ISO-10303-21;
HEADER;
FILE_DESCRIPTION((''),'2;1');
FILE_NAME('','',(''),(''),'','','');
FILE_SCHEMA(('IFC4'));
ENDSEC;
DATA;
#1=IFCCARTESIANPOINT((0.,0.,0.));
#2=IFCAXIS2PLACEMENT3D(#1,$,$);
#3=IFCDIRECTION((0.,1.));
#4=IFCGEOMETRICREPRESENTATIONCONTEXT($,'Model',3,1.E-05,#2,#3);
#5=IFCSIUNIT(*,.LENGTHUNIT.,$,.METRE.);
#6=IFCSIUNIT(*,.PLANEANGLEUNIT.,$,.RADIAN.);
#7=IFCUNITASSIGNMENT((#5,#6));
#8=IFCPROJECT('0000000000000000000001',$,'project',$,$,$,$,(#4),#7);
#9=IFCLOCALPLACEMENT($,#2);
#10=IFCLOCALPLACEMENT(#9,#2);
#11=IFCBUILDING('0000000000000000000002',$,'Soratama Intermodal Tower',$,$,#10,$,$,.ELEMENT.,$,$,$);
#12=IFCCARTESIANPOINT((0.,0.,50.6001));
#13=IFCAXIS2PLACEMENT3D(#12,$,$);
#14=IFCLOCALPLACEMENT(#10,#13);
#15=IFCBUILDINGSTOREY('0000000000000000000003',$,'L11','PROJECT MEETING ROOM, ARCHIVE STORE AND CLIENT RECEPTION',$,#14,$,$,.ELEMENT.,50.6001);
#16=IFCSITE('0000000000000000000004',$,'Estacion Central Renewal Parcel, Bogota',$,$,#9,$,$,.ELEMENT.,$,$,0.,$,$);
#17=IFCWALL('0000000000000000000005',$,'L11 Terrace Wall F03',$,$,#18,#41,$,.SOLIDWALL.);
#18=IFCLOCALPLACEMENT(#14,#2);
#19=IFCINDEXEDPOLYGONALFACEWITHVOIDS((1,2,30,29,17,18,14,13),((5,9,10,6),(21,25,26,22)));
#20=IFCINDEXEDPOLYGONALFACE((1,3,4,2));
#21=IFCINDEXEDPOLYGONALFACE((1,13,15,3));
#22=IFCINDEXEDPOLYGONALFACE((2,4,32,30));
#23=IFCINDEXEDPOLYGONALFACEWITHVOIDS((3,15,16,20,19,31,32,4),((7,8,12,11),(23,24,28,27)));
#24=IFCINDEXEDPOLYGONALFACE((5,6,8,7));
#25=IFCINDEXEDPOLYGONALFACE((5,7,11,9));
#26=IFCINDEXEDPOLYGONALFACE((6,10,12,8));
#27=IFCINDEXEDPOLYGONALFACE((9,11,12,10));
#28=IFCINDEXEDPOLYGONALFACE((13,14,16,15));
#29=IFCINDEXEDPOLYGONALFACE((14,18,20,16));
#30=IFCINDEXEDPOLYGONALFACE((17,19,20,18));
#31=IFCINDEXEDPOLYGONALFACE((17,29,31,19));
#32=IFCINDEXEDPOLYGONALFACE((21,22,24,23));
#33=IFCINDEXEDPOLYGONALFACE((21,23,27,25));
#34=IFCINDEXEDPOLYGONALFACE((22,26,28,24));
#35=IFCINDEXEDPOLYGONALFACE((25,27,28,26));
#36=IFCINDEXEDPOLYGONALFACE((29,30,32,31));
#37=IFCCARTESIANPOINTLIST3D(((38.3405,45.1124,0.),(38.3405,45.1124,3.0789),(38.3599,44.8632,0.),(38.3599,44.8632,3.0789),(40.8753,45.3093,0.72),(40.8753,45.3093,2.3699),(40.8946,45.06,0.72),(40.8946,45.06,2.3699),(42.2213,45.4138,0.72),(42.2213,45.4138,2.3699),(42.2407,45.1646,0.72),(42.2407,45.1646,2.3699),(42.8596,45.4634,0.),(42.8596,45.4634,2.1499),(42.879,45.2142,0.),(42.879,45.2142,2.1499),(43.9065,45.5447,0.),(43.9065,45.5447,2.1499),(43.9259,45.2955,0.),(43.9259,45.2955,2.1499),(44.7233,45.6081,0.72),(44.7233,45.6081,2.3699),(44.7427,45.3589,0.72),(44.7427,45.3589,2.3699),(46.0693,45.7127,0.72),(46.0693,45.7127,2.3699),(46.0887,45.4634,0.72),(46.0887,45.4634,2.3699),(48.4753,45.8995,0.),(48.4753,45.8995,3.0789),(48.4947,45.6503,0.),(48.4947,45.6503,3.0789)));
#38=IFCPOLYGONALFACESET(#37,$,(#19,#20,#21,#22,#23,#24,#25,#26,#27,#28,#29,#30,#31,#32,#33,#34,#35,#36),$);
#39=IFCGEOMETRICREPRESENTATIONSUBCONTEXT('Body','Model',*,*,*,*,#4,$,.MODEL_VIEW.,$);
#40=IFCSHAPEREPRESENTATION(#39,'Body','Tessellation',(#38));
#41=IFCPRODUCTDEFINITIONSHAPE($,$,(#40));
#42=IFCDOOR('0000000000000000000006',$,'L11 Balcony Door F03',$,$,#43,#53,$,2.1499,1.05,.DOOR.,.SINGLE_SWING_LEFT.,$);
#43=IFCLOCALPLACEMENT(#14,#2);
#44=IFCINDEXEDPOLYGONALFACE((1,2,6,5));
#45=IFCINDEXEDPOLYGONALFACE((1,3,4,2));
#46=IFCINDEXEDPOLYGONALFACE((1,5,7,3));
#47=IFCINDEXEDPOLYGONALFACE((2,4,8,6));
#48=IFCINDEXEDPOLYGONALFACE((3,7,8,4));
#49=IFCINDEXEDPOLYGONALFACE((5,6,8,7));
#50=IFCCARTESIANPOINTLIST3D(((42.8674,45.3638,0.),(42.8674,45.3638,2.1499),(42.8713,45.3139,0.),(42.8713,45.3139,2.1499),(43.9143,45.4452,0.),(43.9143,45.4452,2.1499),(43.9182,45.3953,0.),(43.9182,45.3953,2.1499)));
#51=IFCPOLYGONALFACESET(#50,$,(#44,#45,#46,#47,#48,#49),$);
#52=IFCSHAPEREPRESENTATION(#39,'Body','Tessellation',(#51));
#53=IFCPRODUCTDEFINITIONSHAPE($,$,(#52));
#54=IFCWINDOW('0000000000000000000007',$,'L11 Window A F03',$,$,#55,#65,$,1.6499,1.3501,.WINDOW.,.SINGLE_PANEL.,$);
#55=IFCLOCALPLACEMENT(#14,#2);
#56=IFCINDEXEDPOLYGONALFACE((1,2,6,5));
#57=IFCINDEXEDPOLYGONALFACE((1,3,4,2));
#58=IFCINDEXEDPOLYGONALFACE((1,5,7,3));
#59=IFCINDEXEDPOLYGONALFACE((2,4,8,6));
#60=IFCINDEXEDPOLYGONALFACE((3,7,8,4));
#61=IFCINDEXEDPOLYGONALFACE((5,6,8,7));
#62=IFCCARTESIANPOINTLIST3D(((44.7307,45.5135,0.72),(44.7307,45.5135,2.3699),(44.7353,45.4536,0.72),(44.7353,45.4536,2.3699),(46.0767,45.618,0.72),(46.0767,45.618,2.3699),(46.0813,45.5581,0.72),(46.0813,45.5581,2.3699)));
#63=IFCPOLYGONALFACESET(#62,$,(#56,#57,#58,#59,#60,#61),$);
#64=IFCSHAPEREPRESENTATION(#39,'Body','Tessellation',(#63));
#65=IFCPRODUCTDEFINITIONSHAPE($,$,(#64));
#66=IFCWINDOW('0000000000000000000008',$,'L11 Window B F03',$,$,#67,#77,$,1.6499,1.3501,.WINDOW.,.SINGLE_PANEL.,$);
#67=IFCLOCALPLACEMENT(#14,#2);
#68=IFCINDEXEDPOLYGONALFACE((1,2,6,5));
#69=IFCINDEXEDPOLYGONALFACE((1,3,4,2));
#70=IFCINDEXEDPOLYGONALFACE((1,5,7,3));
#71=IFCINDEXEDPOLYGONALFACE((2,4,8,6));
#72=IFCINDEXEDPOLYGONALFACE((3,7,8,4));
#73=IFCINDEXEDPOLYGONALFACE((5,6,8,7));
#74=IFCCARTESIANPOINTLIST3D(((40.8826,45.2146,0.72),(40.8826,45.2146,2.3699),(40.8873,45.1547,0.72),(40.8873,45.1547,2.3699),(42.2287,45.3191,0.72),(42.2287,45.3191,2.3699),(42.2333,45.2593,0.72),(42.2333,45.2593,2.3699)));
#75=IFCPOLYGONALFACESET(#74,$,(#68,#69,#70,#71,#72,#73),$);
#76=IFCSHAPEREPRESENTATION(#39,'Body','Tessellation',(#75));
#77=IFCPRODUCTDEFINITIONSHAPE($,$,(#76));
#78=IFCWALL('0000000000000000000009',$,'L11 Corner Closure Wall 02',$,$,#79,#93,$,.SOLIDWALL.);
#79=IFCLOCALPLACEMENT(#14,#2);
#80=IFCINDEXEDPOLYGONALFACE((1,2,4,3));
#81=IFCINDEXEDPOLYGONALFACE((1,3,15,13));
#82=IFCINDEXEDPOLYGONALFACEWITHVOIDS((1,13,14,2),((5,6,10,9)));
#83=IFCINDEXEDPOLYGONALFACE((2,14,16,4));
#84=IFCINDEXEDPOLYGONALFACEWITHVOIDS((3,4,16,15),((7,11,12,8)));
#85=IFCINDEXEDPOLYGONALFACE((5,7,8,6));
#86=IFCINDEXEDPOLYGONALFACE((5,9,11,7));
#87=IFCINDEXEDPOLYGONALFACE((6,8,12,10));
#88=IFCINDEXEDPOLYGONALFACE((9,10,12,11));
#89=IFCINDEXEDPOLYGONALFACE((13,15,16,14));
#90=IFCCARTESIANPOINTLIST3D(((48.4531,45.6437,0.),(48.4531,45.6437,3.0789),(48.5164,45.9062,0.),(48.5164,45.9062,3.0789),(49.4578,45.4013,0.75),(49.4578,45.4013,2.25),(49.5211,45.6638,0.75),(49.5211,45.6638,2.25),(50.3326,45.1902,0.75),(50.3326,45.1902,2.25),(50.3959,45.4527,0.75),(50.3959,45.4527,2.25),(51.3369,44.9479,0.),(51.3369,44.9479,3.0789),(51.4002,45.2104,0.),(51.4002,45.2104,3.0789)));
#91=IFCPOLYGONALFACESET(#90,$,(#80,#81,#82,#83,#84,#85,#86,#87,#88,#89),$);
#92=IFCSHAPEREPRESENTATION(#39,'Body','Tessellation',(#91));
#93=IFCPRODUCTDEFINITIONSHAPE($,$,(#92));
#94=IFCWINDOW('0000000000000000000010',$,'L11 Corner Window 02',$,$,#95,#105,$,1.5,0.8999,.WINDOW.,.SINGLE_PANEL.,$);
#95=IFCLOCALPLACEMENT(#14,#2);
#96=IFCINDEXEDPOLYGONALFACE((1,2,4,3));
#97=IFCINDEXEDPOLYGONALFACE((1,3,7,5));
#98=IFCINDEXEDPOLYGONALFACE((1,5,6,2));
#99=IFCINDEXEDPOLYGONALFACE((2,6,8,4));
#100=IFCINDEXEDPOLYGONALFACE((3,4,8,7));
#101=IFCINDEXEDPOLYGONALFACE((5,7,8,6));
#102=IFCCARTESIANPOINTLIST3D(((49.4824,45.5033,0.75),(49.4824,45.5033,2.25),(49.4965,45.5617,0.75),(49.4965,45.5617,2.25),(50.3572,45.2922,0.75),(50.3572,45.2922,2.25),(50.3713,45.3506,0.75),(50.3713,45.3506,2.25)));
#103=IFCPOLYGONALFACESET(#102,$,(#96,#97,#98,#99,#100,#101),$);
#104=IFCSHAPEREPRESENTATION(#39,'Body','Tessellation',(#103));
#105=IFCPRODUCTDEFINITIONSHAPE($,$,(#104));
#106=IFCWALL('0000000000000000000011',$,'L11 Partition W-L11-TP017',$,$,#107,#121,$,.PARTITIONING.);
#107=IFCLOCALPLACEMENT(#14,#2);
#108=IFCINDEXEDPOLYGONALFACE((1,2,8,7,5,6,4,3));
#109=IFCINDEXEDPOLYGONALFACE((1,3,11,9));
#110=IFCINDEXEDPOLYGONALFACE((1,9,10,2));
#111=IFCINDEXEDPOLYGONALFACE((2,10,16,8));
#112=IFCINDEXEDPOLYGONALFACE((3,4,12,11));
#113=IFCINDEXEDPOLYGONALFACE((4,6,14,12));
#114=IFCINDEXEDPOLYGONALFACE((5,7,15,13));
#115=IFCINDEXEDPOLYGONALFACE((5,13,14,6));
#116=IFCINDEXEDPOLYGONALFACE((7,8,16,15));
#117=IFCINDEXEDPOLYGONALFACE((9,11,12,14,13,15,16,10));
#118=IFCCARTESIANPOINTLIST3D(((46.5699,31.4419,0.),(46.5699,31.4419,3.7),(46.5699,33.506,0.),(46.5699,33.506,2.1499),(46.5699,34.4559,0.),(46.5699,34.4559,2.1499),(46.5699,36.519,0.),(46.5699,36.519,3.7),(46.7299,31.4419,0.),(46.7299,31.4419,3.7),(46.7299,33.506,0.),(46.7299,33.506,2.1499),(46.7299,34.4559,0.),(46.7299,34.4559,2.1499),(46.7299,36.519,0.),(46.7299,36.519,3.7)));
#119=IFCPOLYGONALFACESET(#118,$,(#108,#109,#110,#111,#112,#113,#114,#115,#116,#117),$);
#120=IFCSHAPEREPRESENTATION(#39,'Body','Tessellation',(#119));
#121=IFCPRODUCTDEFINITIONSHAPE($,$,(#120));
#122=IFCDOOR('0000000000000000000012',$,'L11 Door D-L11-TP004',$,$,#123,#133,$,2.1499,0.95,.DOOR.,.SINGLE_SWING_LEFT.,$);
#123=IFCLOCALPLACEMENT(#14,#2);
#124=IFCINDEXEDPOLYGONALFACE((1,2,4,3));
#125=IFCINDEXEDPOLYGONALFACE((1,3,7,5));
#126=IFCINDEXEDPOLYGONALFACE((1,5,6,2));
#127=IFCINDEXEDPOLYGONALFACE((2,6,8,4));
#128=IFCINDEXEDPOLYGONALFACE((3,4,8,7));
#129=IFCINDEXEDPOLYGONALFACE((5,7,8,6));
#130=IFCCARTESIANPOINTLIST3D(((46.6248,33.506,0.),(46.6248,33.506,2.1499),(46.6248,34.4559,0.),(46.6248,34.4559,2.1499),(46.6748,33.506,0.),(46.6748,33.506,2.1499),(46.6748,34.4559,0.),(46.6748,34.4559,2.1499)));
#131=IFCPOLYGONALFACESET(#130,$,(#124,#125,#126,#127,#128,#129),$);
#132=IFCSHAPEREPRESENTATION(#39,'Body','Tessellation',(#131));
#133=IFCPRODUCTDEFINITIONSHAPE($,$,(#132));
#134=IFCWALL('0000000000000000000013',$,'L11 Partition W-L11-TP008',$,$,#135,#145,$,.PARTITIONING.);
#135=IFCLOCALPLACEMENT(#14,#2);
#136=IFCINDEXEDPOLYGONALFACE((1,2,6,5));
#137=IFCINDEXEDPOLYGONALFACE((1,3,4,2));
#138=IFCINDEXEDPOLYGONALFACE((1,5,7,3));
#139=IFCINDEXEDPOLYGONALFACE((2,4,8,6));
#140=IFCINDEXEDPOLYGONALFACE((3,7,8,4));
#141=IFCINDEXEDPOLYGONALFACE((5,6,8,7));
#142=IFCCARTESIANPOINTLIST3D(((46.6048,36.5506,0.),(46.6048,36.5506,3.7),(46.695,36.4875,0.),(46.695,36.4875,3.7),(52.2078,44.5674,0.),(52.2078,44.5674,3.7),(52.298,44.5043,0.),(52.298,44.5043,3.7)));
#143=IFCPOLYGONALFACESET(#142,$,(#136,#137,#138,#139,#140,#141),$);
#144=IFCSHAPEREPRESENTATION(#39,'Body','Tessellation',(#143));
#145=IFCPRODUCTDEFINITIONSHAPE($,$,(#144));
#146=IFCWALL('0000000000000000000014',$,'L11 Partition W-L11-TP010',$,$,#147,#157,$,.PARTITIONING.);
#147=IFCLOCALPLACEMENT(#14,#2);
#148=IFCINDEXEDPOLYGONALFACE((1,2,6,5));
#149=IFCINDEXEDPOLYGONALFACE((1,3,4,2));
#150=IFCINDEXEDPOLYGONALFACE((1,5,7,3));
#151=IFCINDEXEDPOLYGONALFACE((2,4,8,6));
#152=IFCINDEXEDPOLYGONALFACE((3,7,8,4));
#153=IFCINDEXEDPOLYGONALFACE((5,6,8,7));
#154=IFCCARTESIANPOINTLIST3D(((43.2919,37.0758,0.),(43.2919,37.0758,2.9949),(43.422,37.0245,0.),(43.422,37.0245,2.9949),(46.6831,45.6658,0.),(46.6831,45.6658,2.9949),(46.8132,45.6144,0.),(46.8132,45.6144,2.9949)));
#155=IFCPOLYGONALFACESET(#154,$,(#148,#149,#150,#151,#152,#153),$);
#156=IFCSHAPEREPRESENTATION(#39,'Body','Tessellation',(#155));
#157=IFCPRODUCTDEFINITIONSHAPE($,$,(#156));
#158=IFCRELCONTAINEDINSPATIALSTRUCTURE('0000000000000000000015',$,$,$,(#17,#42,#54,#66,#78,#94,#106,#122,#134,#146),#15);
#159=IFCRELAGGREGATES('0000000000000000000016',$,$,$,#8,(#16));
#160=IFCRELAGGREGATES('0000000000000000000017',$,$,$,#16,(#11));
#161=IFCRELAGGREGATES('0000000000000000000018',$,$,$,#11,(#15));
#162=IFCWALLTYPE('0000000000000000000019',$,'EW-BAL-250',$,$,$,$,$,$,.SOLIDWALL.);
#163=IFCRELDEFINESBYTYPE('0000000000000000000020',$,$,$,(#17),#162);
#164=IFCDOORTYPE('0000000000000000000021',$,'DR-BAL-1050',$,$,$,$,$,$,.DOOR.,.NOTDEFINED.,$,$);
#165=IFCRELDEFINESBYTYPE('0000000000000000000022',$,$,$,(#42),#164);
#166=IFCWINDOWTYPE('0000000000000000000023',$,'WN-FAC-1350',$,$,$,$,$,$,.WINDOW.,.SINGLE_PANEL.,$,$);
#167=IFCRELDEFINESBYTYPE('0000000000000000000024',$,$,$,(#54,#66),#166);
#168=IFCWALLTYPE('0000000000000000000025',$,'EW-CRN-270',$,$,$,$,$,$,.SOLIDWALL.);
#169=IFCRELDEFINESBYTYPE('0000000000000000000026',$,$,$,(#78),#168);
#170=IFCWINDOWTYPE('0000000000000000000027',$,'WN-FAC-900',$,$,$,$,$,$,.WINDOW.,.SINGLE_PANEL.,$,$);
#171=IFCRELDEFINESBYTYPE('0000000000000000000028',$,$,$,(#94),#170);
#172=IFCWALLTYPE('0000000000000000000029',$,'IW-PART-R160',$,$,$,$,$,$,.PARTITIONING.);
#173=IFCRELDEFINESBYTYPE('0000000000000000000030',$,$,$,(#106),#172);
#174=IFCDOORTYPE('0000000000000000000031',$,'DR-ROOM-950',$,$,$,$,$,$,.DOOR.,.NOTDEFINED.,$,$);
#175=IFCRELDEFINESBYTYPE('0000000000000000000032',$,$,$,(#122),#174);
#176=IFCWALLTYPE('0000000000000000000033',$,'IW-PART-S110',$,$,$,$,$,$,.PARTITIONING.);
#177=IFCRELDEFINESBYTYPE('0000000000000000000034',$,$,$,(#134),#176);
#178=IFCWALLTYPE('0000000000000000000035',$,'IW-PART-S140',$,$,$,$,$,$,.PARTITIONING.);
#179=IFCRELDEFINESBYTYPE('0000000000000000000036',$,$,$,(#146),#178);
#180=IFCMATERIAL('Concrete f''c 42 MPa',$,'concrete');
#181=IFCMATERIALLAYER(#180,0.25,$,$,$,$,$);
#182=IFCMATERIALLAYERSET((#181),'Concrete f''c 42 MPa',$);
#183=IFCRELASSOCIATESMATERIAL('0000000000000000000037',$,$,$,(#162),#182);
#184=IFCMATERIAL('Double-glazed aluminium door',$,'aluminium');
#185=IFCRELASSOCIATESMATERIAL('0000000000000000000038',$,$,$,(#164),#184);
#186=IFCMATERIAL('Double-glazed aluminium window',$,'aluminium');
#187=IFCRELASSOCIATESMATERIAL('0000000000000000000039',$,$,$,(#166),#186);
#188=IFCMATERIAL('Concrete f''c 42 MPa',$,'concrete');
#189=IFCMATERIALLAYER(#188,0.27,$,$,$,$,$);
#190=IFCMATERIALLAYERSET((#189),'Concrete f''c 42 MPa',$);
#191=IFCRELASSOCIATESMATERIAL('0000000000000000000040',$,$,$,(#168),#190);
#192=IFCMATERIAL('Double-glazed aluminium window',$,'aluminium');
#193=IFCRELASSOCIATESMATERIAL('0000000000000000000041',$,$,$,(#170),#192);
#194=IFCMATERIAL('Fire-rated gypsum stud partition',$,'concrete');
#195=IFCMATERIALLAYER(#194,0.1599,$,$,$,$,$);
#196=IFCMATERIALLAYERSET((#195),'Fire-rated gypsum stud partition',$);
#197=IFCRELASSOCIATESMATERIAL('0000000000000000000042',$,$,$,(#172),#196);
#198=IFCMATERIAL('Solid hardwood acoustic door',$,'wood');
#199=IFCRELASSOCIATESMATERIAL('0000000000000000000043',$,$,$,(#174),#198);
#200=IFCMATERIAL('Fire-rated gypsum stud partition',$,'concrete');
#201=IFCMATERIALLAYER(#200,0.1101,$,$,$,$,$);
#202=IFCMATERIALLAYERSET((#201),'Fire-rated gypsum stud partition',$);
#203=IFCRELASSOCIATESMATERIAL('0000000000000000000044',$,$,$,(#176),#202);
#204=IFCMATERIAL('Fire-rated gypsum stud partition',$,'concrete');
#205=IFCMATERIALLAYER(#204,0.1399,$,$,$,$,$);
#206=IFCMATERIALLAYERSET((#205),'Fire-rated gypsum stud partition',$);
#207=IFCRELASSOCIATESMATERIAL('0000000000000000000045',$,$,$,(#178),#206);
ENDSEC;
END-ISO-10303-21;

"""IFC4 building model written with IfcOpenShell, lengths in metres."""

from ifc_helpers import new_model, si_unit, direction, frame, frame_2d, origin, place, context, subcontext, project, spatial, rectangle, extrude, material, layer, layer_set, type_object, element, fill, save


model = new_model("IFC4")

# Units and contexts
model_context = context("Model", 3, precision=1e-05, world=origin(), true_north=direction((0.0, 1.0)))
body_context = subcontext(model_context, "Body", "Model", "MODEL_VIEW")
ifc_project = project(units=[si_unit("LENGTHUNIT", "METRE"), si_unit("PLANEANGLEUNIT", "RADIAN")], contexts=[model_context])

# Site, building, storey
site_placement = place(None, origin())
site = spatial("IfcSite", under=ifc_project, at=site_placement, Name="Estacion Central Renewal Parcel, Bogota", CompositionType="ELEMENT", RefElevation=0.0)
building_placement = place(site_placement, origin())
building = spatial("IfcBuilding", under=site, at=building_placement, Name="Soratama Intermodal Tower", CompositionType="ELEMENT")
storey_placement = place(building_placement, frame((0.0, 0.0, 50.6001)))
storey = spatial("IfcBuildingStorey", under=building, at=storey_placement, Name="L11", Description="PROJECT MEETING ROOM, ARCHIVE STORE AND CLIENT RECEPTION", CompositionType="ELEMENT", Elevation=50.6001)

# Wall, openings, door, windows
ifc_material_1 = material(Name="Concrete f'c 42 MPa", Category="concrete")
ifc_layer_1 = layer(ifc_material_1, 0.25)
ifc_layer_set_1 = layer_set([ifc_layer_1], Name="Concrete f'c 42 MPa")
wall_type_1 = type_object("IfcWallType", Name="EW-BAL-250", PredefinedType="SOLIDWALL", material=ifc_layer_set_1)
wall_1_placement = place(storey_placement, frame((48.4849, 45.7749, 0.0), z_axis=(0.0, 0.0, 1.0), x_axis=(-0.996998, -0.077431, 0.0)))
wall_1 = element("IfcWall", 1, at=wall_1_placement, inside=storey, type_object=wall_type_1, Name="L11 Terrace Wall F03", PredefinedType="SOLIDWALL", context=body_context, shape_type="SweptSolid", body=[
    extrude(rectangle(XDim=10.1653, YDim=0.25, at=frame_2d((5.0825, 0.0))), origin(), (0.0, 0.0, 1.0), 3.0789),
])
opening_1_placement = place(wall_1_placement, frame((4.5825, 0.0, 0.0)))
opening_1 = element("IfcOpeningElement", 2, at=opening_1_placement, cuts=wall_1, PredefinedType="OPENING", context=body_context, shape_type="SweptSolid", body=[
    extrude(rectangle(XDim=1.05, YDim=2.1499, at=frame_2d((0.5249, 1.075))), frame((0.0, 0.135, 0.0), z_axis=(0.0, -1.0, 0.0), x_axis=(1.0, 0.0, 0.0)), (0.0, 0.0, 1.0), 0.27),
])
opening_2_placement = place(wall_1_placement, frame((2.4131, 0.0, 0.72)))
opening_2 = element("IfcOpeningElement", 3, at=opening_2_placement, cuts=wall_1, PredefinedType="OPENING", context=body_context, shape_type="SweptSolid", body=[
    extrude(rectangle(XDim=1.3501, YDim=1.6499, at=frame_2d((0.675, 0.825))), frame((0.0, 0.135, 0.0), z_axis=(0.0, -1.0, 0.0), x_axis=(1.0, 0.0, 0.0)), (0.0, 0.0, 1.0), 0.27),
])
opening_3_placement = place(wall_1_placement, frame((6.2727, 0.0, 0.72)))
opening_3 = element("IfcOpeningElement", 4, at=opening_3_placement, cuts=wall_1, PredefinedType="OPENING", context=body_context, shape_type="SweptSolid", body=[
    extrude(rectangle(XDim=1.3501, YDim=1.6499, at=frame_2d((0.675, 0.825))), frame((0.0, 0.135, 0.0), z_axis=(0.0, -1.0, 0.0), x_axis=(1.0, 0.0, 0.0)), (0.0, 0.0, 1.0), 0.27),
])
ifc_material_2 = material(Name="Double-glazed aluminium door", Category="aluminium")
door_type_1 = type_object("IfcDoorType", Name="DR-BAL-1050", OperationType="NOTDEFINED", PredefinedType="DOOR", material=ifc_material_2)
door_1_placement = place(opening_1_placement, origin())
door_1 = element("IfcDoor", 5, at=door_1_placement, inside=storey, type_object=door_type_1, Name="L11 Balcony Door F03", OperationType="SINGLE_SWING_LEFT", OverallHeight=2.1499, OverallWidth=1.05, PredefinedType="DOOR", context=body_context, shape_type="SweptSolid", body=[
    extrude(rectangle(XDim=1.05, YDim=2.1499, at=frame_2d((0.5249, 1.075))), frame((0.0, 0.0249, 0.0), z_axis=(0.0, -1.0, 0.0), x_axis=(1.0, 0.0, 0.0)), (0.0, 0.0, 1.0), 0.05),
])
fill(opening_1, door_1)
ifc_material_3 = material(Name="Double-glazed aluminium window", Category="aluminium")
window_type_1 = type_object("IfcWindowType", Name="WN-FAC-1350", PartitioningType="SINGLE_PANEL", PredefinedType="WINDOW", material=ifc_material_3)
window_1_placement = place(opening_2_placement, origin())
window_1 = element("IfcWindow", 6, at=window_1_placement, inside=storey, type_object=window_type_1, Name="L11 Window A F03", OverallHeight=1.6499, OverallWidth=1.3501, PartitioningType="SINGLE_PANEL", PredefinedType="WINDOW", context=body_context, shape_type="SweptSolid", body=[
    extrude(rectangle(XDim=1.3501, YDim=1.6499, at=frame_2d((0.675, 0.825))), frame((0.0, 0.03, 0.0), z_axis=(0.0, -1.0, 0.0), x_axis=(1.0, 0.0, 0.0)), (0.0, 0.0, 1.0), 0.0601),
])
fill(opening_2, window_1)
window_2_placement = place(opening_3_placement, origin())
window_2 = element("IfcWindow", 7, at=window_2_placement, inside=storey, type_object=window_type_1, Name="L11 Window B F03", OverallHeight=1.6499, OverallWidth=1.3501, PartitioningType="SINGLE_PANEL", PredefinedType="WINDOW", context=body_context, shape_type="SweptSolid", body=[
    extrude(rectangle(XDim=1.3501, YDim=1.6499, at=frame_2d((0.675, 0.825))), frame((0.0, 0.03, 0.0), z_axis=(0.0, -1.0, 0.0), x_axis=(1.0, 0.0, 0.0)), (0.0, 0.0, 1.0), 0.0601),
])
fill(opening_3, window_2)

# Wall, opening, window
ifc_material_4 = material(Name="Concrete f'c 42 MPa", Category="concrete")
ifc_layer_2 = layer(ifc_material_4, 0.27)
ifc_layer_set_2 = layer_set([ifc_layer_2], Name="Concrete f'c 42 MPa")
wall_type_2 = type_object("IfcWallType", Name="EW-CRN-270", PredefinedType="SOLIDWALL", material=ifc_layer_set_2)
wall_2_placement = place(storey_placement, frame((51.3687, 45.0791, 0.0), z_axis=(0.0, 0.0, 1.0), x_axis=(-0.972104, 0.234549, 0.0)))
wall_2 = element("IfcWall", 8, at=wall_2_placement, inside=storey, type_object=wall_type_2, Name="L11 Corner Closure Wall 02", PredefinedType="SOLIDWALL", context=body_context, shape_type="SweptSolid", body=[
    extrude(rectangle(XDim=2.9666, YDim=0.27, at=frame_2d((1.4834, 0.0))), origin(), (0.0, 0.0, 1.0), 3.0789),
])
opening_4_placement = place(wall_2_placement, frame((1.0332, 0.0, 0.75)))
opening_4 = element("IfcOpeningElement", 9, at=opening_4_placement, cuts=wall_2, PredefinedType="OPENING", context=body_context, shape_type="SweptSolid", body=[
    extrude(rectangle(XDim=0.8999, YDim=1.5, at=frame_2d((0.45, 0.75))), frame((0.0, 0.145, 0.0), z_axis=(0.0, -1.0, 0.0), x_axis=(1.0, 0.0, 0.0)), (0.0, 0.0, 1.0), 0.29),
])
ifc_material_5 = material(Name="Double-glazed aluminium window", Category="aluminium")
window_type_2 = type_object("IfcWindowType", Name="WN-FAC-900", PartitioningType="SINGLE_PANEL", PredefinedType="WINDOW", material=ifc_material_5)
window_3_placement = place(opening_4_placement, origin())
window_3 = element("IfcWindow", 10, at=window_3_placement, inside=storey, type_object=window_type_2, Name="L11 Corner Window 02", OverallHeight=1.5, OverallWidth=0.8999, PartitioningType="SINGLE_PANEL", PredefinedType="WINDOW", context=body_context, shape_type="SweptSolid", body=[
    extrude(rectangle(XDim=0.8999, YDim=1.5, at=frame_2d((0.45, 0.75))), frame((0.0, 0.03, 0.0), z_axis=(0.0, -1.0, 0.0), x_axis=(1.0, 0.0, 0.0)), (0.0, 0.0, 1.0), 0.0601),
])
fill(opening_4, window_3)

# Wall, opening, door
ifc_material_6 = material(Name="Fire-rated gypsum stud partition", Category="concrete")
ifc_layer_3 = layer(ifc_material_6, 0.1599)
ifc_layer_set_3 = layer_set([ifc_layer_3], Name="Fire-rated gypsum stud partition")
wall_type_3 = type_object("IfcWallType", Name="IW-PART-R160", PredefinedType="PARTITIONING", material=ifc_layer_set_3)
wall_3_placement = place(storey_placement, frame((46.6499, 36.519, 0.0), z_axis=(0.0, 0.0, 1.0), x_axis=(0.0, -1.0, 0.0)))
wall_3 = element("IfcWall", 11, at=wall_3_placement, inside=storey, type_object=wall_type_3, Name="L11 Partition W-L11-TP017", PredefinedType="PARTITIONING", context=body_context, shape_type="SweptSolid", body=[
    extrude(rectangle(XDim=5.0771, YDim=0.1599, at=frame_2d((2.5386, 0.0))), origin(), (0.0, 0.0, 1.0), 3.7),
])
opening_5_placement = place(wall_3_placement, frame((2.063, 0.0, 0.0)))
opening_5 = element("IfcOpeningElement", 12, at=opening_5_placement, cuts=wall_3, PredefinedType="OPENING", context=body_context, shape_type="SweptSolid", body=[
    extrude(rectangle(XDim=0.95, YDim=2.1499, at=frame_2d((0.4751, 1.075))), frame((0.0, 0.0898, 0.0), z_axis=(0.0, -1.0, 0.0), x_axis=(1.0, 0.0, 0.0)), (0.0, 0.0, 1.0), 0.1799),
])
ifc_material_7 = material(Name="Solid hardwood acoustic door", Category="wood")
door_type_2 = type_object("IfcDoorType", Name="DR-ROOM-950", OperationType="NOTDEFINED", PredefinedType="DOOR", material=ifc_material_7)
door_2_placement = place(opening_5_placement, origin())
door_2 = element("IfcDoor", 13, at=door_2_placement, inside=storey, type_object=door_type_2, Name="L11 Door D-L11-TP004", OperationType="SINGLE_SWING_LEFT", OverallHeight=2.1499, OverallWidth=0.95, PredefinedType="DOOR", context=body_context, shape_type="SweptSolid", body=[
    extrude(rectangle(XDim=0.95, YDim=2.1499, at=frame_2d((0.4751, 1.075))), frame((0.0, 0.0249, 0.0), z_axis=(0.0, -1.0, 0.0), x_axis=(1.0, 0.0, 0.0)), (0.0, 0.0, 1.0), 0.05),
])
fill(opening_5, door_2)

# Walls
ifc_material_8 = material(Name="Fire-rated gypsum stud partition", Category="concrete")
ifc_layer_4 = layer(ifc_material_8, 0.1101)
ifc_layer_set_4 = layer_set([ifc_layer_4], Name="Fire-rated gypsum stud partition")
wall_type_4 = type_object("IfcWallType", Name="IW-PART-S110", PredefinedType="PARTITIONING", material=ifc_layer_set_4)
wall_4_placement = place(storey_placement, frame((46.6499, 36.519, 0.0), z_axis=(0.0, 0.0, 1.0), x_axis=(0.572861, 0.819653, 0.0)))
element("IfcWall", 14, at=wall_4_placement, inside=storey, type_object=wall_type_4, Name="L11 Partition W-L11-TP008", PredefinedType="PARTITIONING", context=body_context, shape_type="SweptSolid", body=[
    extrude(rectangle(XDim=9.7808, YDim=0.1101, at=frame_2d((4.8904, 0.0))), origin(), (0.0, 0.0, 1.0), 3.7),
])
ifc_material_9 = material(Name="Fire-rated gypsum stud partition", Category="concrete")
ifc_layer_5 = layer(ifc_material_9, 0.1399)
ifc_layer_set_5 = layer_set([ifc_layer_5], Name="Fire-rated gypsum stud partition")
wall_type_5 = type_object("IfcWallType", Name="IW-PART-S140", PredefinedType="PARTITIONING", material=ifc_layer_set_5)
wall_5_placement = place(storey_placement, frame((43.3569, 37.05, 0.0), z_axis=(0.0, 0.0, 1.0), x_axis=(0.367203, 0.930141, 0.0)))
element("IfcWall", 15, at=wall_5_placement, inside=storey, type_object=wall_type_5, Name="L11 Partition W-L11-TP010", PredefinedType="PARTITIONING", context=body_context, shape_type="SweptSolid", body=[
    extrude(rectangle(XDim=9.2351, YDim=0.1399, at=frame_2d((4.6177, 0.0))), origin(), (0.0, 0.0, 1.0), 2.9949),
])

save(model, "model.ifc")
